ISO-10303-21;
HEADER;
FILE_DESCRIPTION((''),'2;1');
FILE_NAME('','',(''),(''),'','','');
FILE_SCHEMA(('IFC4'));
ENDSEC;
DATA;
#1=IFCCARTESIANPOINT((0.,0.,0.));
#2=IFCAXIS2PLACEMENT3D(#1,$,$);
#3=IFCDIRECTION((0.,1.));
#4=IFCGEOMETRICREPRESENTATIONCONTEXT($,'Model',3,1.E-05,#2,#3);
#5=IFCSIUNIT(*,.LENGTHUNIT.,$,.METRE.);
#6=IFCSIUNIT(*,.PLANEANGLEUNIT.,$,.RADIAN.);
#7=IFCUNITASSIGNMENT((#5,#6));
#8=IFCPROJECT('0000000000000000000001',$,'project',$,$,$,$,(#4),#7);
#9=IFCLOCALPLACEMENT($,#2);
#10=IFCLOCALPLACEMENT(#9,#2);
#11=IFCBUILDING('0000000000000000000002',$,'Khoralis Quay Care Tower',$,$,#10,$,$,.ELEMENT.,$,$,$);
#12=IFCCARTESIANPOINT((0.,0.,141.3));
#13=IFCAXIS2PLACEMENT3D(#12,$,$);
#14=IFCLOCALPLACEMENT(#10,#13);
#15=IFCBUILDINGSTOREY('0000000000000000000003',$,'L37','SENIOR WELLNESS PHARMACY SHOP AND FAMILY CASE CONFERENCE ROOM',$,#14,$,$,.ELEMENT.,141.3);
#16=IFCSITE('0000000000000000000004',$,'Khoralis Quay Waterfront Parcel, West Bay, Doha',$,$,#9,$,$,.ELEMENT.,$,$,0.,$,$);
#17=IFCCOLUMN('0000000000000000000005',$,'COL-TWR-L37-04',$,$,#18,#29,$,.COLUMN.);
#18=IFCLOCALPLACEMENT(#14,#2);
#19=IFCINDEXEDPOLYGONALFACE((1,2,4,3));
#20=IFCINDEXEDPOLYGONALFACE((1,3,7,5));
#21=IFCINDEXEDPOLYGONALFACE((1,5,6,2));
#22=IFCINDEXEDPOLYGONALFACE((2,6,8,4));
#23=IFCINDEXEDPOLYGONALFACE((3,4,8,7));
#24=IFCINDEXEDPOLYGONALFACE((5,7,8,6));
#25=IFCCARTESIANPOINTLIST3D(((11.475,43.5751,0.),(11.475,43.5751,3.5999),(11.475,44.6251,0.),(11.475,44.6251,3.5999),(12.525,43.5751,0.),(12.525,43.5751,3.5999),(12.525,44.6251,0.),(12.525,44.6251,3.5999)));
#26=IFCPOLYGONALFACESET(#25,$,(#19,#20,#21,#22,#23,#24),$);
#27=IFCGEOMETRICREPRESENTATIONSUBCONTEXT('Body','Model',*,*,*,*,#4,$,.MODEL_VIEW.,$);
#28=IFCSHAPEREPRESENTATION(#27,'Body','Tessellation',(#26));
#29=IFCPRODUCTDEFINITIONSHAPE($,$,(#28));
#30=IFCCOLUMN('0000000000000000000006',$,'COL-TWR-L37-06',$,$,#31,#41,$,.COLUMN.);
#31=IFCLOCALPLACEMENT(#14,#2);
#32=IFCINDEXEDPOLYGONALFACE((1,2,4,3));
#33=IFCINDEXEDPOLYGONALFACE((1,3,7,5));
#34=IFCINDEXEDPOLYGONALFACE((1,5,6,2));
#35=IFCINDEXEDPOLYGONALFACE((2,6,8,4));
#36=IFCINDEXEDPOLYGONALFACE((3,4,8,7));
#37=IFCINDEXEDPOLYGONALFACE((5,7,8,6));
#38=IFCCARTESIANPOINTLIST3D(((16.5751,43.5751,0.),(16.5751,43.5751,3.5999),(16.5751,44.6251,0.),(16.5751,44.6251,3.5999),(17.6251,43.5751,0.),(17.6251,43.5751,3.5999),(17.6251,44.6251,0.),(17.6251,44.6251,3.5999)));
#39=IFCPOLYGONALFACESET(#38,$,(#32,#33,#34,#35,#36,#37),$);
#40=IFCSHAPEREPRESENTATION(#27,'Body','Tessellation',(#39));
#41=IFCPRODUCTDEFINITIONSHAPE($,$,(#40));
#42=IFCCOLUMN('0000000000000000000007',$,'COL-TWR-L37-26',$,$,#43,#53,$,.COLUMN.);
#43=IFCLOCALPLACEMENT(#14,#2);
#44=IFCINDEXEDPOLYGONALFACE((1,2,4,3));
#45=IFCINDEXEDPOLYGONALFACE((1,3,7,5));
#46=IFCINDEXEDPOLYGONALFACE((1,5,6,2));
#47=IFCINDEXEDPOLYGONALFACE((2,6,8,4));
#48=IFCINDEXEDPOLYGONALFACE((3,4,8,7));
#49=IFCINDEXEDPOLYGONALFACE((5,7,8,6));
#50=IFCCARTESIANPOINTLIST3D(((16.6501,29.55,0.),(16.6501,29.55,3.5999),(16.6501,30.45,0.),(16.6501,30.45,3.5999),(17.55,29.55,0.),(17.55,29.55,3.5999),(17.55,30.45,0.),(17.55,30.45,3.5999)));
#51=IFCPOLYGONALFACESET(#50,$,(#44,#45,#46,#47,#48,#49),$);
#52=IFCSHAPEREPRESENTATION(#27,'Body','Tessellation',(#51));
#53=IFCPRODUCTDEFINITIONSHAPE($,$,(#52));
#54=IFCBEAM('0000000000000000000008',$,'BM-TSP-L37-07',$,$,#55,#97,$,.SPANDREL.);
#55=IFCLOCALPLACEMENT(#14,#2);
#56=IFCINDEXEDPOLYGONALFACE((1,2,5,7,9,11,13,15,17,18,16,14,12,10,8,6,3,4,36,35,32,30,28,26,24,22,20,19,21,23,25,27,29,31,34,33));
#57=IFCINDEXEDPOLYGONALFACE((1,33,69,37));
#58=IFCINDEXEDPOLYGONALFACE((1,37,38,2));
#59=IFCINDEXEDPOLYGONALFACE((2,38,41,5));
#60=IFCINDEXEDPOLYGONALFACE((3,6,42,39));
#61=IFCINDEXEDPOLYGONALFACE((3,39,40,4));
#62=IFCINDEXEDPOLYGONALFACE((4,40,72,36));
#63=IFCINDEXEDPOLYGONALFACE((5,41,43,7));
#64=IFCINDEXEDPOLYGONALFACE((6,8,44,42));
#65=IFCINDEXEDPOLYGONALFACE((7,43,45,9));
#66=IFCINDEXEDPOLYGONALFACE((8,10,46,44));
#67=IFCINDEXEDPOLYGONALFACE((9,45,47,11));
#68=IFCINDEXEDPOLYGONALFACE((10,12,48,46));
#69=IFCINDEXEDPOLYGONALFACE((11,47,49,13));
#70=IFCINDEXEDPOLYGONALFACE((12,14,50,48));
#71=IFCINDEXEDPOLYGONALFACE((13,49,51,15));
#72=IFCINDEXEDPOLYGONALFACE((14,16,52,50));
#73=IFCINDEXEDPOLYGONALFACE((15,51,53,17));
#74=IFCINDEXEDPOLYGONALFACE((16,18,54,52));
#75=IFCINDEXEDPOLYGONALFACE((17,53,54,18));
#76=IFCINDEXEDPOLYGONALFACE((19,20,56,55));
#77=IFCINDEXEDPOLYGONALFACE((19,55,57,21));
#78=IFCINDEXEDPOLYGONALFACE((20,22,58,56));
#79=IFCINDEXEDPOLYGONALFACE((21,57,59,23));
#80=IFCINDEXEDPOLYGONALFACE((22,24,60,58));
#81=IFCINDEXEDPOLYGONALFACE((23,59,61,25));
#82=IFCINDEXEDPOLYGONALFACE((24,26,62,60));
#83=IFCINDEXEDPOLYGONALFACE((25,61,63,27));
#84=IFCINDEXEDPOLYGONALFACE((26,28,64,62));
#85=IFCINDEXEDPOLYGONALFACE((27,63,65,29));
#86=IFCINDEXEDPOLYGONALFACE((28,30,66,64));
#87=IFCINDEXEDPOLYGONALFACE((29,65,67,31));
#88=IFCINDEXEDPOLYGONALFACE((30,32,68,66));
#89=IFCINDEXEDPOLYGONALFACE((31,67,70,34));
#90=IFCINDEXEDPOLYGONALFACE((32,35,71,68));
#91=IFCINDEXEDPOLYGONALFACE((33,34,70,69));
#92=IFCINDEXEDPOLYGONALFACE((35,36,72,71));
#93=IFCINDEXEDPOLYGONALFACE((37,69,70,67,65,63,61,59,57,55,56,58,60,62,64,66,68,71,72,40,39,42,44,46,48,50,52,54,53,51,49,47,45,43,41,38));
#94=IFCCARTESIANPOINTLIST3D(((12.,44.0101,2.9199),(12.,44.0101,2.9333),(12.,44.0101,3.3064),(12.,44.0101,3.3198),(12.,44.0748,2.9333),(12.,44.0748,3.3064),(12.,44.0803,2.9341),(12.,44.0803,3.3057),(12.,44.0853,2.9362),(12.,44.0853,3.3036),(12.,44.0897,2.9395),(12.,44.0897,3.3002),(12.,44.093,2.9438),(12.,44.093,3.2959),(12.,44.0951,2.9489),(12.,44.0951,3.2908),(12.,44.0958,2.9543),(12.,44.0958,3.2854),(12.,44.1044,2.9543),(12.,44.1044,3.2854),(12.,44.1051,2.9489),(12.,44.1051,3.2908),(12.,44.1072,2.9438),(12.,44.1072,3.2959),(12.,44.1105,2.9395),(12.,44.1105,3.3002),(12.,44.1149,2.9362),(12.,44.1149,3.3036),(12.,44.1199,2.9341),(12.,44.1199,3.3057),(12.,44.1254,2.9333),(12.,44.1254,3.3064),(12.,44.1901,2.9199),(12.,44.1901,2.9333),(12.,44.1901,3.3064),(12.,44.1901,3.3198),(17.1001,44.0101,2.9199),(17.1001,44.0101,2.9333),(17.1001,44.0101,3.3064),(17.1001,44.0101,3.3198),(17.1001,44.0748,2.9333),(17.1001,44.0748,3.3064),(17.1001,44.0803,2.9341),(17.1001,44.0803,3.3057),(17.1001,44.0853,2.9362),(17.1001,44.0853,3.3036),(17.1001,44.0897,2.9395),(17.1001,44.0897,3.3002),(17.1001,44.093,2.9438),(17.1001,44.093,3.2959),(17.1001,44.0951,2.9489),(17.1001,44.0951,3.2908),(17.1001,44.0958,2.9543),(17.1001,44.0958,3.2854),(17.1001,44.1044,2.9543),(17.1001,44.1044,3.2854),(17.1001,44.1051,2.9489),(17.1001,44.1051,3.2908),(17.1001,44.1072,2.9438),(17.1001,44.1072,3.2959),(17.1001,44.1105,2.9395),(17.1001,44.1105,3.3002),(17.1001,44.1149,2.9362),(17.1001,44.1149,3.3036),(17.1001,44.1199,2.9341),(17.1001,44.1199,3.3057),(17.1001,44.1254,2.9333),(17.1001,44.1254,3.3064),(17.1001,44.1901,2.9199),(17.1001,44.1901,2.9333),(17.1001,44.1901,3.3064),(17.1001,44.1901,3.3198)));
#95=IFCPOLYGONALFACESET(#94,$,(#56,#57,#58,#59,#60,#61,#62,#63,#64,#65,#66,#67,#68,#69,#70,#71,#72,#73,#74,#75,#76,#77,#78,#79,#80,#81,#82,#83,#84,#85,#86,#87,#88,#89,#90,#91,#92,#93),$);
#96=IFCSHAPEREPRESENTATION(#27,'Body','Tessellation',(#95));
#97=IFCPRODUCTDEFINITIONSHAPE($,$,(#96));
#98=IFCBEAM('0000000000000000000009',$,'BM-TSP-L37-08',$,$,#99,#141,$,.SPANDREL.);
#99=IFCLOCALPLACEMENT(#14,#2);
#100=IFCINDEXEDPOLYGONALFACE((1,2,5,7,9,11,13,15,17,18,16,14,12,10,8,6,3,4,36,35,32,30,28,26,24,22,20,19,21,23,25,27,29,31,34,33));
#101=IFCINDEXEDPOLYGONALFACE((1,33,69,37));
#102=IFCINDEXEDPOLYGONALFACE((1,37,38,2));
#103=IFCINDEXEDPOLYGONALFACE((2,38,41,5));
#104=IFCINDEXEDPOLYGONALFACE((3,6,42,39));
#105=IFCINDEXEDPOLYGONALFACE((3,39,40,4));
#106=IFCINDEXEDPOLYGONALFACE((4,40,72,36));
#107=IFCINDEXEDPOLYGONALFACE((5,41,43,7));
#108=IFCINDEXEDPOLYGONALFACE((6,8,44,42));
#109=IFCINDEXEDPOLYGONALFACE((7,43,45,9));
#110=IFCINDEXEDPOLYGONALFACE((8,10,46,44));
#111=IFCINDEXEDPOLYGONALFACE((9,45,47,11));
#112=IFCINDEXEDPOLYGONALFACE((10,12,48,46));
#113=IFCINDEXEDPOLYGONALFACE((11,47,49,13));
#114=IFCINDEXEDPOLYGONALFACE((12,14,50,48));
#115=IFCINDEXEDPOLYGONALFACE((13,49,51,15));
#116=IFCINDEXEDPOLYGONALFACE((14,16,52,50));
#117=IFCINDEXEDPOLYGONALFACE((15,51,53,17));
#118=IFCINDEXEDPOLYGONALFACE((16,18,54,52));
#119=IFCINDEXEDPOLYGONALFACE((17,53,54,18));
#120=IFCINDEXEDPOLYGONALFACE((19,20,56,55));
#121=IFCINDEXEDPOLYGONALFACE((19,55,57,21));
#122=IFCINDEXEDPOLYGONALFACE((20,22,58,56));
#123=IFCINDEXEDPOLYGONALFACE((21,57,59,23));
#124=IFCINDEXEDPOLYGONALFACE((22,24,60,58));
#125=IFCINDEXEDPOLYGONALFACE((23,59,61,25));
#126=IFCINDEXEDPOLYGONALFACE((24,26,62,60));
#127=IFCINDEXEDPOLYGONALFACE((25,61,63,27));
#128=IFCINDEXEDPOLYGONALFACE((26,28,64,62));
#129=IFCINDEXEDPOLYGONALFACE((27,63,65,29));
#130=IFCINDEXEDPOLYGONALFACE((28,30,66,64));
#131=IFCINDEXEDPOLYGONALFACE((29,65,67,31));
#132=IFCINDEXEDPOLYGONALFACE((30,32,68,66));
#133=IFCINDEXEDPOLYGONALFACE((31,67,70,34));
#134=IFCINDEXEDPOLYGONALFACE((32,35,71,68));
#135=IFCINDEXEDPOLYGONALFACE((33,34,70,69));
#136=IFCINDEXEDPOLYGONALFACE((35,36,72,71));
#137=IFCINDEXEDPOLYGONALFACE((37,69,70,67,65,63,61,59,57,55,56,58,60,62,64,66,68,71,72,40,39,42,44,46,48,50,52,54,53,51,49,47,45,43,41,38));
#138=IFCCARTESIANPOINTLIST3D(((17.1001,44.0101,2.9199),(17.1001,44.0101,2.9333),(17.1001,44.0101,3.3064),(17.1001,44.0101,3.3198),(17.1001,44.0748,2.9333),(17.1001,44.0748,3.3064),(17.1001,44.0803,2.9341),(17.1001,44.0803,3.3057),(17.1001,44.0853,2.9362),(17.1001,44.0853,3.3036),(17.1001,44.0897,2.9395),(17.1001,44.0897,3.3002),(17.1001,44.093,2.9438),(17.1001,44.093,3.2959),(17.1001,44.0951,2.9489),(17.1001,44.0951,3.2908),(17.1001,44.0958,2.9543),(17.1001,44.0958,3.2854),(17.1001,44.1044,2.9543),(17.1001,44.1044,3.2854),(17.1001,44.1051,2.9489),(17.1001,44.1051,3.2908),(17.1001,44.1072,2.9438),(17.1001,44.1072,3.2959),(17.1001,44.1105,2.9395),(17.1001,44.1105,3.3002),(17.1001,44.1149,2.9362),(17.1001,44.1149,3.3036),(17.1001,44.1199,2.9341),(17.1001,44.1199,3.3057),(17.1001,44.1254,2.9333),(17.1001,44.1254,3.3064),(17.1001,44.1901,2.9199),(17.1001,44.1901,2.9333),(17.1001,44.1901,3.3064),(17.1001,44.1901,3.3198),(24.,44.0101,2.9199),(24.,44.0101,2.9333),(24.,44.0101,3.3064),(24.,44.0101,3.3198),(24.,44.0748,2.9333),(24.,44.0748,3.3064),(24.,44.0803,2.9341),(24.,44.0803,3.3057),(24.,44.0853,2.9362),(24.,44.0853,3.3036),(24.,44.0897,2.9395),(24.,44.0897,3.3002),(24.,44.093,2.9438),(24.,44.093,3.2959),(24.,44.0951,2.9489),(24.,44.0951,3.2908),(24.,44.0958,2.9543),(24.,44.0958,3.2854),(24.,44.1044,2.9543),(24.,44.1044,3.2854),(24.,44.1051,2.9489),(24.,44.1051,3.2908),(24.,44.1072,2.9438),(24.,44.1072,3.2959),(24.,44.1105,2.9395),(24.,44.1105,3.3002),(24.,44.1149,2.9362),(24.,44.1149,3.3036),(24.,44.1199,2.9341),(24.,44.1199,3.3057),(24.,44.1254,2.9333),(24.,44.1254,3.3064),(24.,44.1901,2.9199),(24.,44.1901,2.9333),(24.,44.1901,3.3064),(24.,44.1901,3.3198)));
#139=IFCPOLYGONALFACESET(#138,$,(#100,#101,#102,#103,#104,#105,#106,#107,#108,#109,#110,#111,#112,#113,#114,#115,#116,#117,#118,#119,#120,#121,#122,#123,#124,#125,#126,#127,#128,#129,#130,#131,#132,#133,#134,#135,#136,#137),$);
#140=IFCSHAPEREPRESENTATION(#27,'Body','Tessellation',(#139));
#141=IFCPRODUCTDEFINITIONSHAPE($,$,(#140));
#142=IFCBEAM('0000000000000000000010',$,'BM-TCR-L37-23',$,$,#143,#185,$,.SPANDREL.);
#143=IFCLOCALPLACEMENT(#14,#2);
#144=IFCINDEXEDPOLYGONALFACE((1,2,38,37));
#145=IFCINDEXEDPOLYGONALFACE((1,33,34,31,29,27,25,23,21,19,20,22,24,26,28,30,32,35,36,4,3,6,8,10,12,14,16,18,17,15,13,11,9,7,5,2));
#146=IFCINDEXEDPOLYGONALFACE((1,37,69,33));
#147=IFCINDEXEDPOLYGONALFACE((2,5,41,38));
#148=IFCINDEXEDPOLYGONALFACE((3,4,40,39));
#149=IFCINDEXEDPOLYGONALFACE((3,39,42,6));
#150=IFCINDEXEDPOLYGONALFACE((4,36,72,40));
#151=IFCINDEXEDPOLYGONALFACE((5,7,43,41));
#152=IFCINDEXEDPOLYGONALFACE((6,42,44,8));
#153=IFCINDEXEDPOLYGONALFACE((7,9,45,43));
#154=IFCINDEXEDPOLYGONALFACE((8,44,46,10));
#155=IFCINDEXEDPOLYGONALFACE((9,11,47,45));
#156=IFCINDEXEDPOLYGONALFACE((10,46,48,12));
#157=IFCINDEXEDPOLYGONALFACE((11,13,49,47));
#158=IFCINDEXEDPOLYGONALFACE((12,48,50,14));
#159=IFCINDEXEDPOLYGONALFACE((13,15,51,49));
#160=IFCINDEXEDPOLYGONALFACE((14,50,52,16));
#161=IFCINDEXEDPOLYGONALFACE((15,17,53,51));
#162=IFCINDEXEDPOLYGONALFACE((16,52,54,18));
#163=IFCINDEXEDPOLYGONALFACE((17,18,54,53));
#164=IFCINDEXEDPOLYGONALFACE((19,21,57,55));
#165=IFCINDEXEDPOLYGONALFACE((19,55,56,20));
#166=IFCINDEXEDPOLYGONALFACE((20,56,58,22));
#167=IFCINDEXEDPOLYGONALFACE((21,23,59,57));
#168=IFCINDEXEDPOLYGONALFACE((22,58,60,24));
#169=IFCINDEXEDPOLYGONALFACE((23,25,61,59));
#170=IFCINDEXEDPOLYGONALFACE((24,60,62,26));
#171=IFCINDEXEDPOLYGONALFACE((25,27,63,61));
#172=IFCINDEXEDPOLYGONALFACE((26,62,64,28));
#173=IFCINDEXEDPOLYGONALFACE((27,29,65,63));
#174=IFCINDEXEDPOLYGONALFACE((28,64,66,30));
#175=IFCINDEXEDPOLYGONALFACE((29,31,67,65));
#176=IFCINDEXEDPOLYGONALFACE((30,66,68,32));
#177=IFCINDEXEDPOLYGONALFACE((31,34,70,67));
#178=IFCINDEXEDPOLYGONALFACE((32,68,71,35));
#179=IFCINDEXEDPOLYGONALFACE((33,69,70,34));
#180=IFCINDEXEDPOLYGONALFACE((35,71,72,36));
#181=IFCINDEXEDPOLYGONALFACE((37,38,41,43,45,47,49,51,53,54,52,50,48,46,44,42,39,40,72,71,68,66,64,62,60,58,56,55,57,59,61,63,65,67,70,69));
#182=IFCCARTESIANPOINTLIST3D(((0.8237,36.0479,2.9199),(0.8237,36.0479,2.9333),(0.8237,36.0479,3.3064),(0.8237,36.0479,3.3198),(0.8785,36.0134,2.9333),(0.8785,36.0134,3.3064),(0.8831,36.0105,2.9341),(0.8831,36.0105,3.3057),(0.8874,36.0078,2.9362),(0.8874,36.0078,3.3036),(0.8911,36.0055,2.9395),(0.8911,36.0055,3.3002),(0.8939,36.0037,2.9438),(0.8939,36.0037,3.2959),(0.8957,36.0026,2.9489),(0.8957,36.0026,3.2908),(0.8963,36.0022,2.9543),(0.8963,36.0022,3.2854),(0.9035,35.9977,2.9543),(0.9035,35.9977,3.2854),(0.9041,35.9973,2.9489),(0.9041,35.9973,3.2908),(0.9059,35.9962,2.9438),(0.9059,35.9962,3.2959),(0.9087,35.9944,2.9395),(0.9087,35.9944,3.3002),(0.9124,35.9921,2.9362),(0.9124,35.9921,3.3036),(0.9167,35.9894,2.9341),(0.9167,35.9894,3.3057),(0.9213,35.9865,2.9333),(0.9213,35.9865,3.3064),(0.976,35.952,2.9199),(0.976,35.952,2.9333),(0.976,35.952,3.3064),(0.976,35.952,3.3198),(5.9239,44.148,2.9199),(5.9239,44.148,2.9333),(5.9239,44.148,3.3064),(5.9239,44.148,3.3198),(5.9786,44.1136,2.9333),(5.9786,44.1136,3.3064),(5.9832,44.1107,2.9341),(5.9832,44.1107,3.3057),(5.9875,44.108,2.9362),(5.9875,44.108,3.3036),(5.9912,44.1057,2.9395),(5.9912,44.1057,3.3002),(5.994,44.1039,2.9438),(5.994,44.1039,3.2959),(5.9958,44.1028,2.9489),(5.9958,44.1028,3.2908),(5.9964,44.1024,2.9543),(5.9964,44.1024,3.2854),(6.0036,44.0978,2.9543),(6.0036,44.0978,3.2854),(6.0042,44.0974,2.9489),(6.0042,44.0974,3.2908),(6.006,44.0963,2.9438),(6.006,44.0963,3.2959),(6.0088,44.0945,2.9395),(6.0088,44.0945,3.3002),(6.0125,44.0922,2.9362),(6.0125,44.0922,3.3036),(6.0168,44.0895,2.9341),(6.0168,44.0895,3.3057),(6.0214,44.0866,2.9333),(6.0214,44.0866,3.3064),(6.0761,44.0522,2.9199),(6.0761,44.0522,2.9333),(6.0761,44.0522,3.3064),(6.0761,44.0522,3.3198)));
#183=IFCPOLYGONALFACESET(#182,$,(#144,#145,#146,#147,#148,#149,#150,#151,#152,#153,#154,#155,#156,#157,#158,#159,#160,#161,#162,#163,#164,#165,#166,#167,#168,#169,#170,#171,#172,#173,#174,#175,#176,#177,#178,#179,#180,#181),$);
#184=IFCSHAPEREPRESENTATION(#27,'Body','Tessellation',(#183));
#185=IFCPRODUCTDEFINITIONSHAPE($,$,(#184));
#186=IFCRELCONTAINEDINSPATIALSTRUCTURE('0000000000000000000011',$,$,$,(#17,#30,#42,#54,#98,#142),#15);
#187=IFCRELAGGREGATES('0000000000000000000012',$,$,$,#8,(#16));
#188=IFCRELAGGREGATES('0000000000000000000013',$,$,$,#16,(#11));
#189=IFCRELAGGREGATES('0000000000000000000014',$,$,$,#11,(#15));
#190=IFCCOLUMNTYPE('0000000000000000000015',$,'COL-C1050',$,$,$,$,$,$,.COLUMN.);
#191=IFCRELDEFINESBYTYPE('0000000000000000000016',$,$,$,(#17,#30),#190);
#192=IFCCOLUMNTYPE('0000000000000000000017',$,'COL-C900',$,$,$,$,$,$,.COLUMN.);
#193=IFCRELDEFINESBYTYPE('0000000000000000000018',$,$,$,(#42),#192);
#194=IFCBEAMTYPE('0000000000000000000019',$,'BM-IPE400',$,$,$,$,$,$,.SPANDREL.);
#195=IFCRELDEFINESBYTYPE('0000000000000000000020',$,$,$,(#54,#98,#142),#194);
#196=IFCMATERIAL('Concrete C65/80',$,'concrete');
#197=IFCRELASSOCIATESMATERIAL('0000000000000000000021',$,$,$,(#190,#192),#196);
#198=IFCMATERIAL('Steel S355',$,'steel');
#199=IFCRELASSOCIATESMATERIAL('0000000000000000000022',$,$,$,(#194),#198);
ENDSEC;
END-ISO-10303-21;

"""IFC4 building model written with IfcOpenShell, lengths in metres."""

from ifc_helpers import new_model, si_unit, direction, frame, origin, origin_2d, place, context, subcontext, project, spatial, rectangle, i_section, extrude, source, transform, mapped, material, material_profile, profile_set, type_object, element, save


model = new_model("IFC4")

# Units and contexts
model_context = context("Model", 3, precision=1e-05, world=origin(), true_north=direction((0.0, 1.0)))
body_context = subcontext(model_context, "Body", "Model", "MODEL_VIEW")
ifc_project = project(units=[si_unit("LENGTHUNIT", "METRE"), si_unit("PLANEANGLEUNIT", "RADIAN")], contexts=[model_context])

# Site, building, storey
site_placement = place(None, origin())
site = spatial("IfcSite", under=ifc_project, at=site_placement, Name="Khoralis Quay Waterfront Parcel, West Bay, Doha", CompositionType="ELEMENT", RefElevation=0.0)
building_placement = place(site_placement, origin())
building = spatial("IfcBuilding", under=site, at=building_placement, Name="Khoralis Quay Care Tower", CompositionType="ELEMENT")
storey_placement = place(building_placement, frame((0.0, 0.0, 141.3)))
storey = spatial("IfcBuildingStorey", under=building, at=storey_placement, Name="L37", Description="SENIOR WELLNESS PHARMACY SHOP AND FAMILY CASE CONFERENCE ROOM", CompositionType="ELEMENT", Elevation=141.3)

# Columns
ifc_material_1 = material(Name="Concrete C65/80", Category="concrete")
ifc_material_profile_1 = material_profile(ifc_material_1, rectangle(XDim=1.05, YDim=1.05, at=origin_2d()), Name="Concrete C65/80")
ifc_profile_set_1 = profile_set([ifc_material_profile_1], Name="Concrete C65/80")
column_type_1 = type_object("IfcColumnType", Name="COL-C1050", PredefinedType="COLUMN", material=ifc_profile_set_1)
shared_shape_1 = source(origin(), body_context, "Body", "SweptSolid", [
    extrude(rectangle(XDim=1.05, YDim=1.05, at=origin_2d()), origin(), (0.0, 0.0, 1.0), 3.5999),
])
for number, where, z_axis, x_axis, name in (
    (1, (12.0, 44.1001, 0.0), (0.0, 0.0, 1.0), (1.0, 0.0, 0.0), "COL-TWR-L37-04"),
    (2, (17.1001, 44.1001, 0.0), (0.0, 0.0, 1.0), (1.0, 0.0, 0.0), "COL-TWR-L37-06"),
):
    element("IfcColumn", number, at=place(storey_placement, frame(where, z_axis=z_axis, x_axis=x_axis)), inside=storey, type_object=column_type_1, Name=name, PredefinedType="COLUMN", context=body_context, shape_type="MappedRepresentation", body=[
        mapped(shared_shape_1, transform((0.0, 0.0, 0.0), scale=1.0)),
    ])
ifc_material_profile_2 = material_profile(ifc_material_1, rectangle(XDim=0.8999, YDim=0.8999, at=origin_2d()), Name="Concrete C65/80")
ifc_profile_set_2 = profile_set([ifc_material_profile_2], Name="Concrete C65/80")
column_type_2 = type_object("IfcColumnType", Name="COL-C900", PredefinedType="COLUMN", material=ifc_profile_set_2)
shared_shape_2 = source(origin(), body_context, "Body", "SweptSolid", [
    extrude(rectangle(XDim=0.8999, YDim=0.8999, at=origin_2d()), origin(), (0.0, 0.0, 1.0), 3.5999),
])
column_placement = place(storey_placement, frame((17.1001, 30.0, 0.0), z_axis=(0.0, 0.0, 1.0), x_axis=(1.0, 0.0, 0.0)))
element("IfcColumn", 3, at=column_placement, inside=storey, type_object=column_type_2, Name="COL-TWR-L37-26", PredefinedType="COLUMN", context=body_context, shape_type="MappedRepresentation", body=[
    mapped(shared_shape_2, transform((0.0, 0.0, 0.0), scale=1.0)),
])

# Beams
ifc_material_2 = material(Name="Steel S355", Category="steel")
ifc_material_profile_3 = material_profile(ifc_material_2, i_section(OverallWidth=0.1799, OverallDepth=0.3999, WebThickness=0.0085, FlangeThickness=0.0134, FilletRadius=0.021, at=origin_2d()), Name="Steel S355")
ifc_profile_set_3 = profile_set([ifc_material_profile_3], Name="Steel S355")
beam_type_1 = type_object("IfcBeamType", Name="BM-IPE400", PredefinedType="SPANDREL", material=ifc_profile_set_3)
shared_shape_3 = source(origin(), body_context, "Body", "SweptSolid", [
    extrude(i_section(OverallWidth=0.1799, OverallDepth=0.3999, WebThickness=0.0085, FlangeThickness=0.0134, FilletRadius=0.021, at=origin_2d()), origin(), (0.0, 0.0, 1.0), 5.1001),
])
beam_1_placement = place(storey_placement, frame((12.0, 44.1001, 3.1199), z_axis=(1.0, 0.0, 0.0), x_axis=(0.0, 1.0, 0.0)))
element("IfcBeam", 4, at=beam_1_placement, inside=storey, type_object=beam_type_1, Name="BM-TSP-L37-07", PredefinedType="SPANDREL", context=body_context, shape_type="MappedRepresentation", body=[
    mapped(shared_shape_3, transform((0.0, 0.0, 0.0), scale=1.0)),
])
shared_shape_4 = source(origin(), body_context, "Body", "SweptSolid", [
    extrude(i_section(OverallWidth=0.1799, OverallDepth=0.3999, WebThickness=0.0085, FlangeThickness=0.0134, FilletRadius=0.021, at=origin_2d()), origin(), (0.0, 0.0, 1.0), 6.8999),
])
beam_2_placement = place(storey_placement, frame((17.1001, 44.1001, 3.1199), z_axis=(1.0, 0.0, 0.0), x_axis=(0.0, 1.0, 0.0)))
element("IfcBeam", 5, at=beam_2_placement, inside=storey, type_object=beam_type_1, Name="BM-TSP-L37-08", PredefinedType="SPANDREL", context=body_context, shape_type="MappedRepresentation", body=[
    mapped(shared_shape_4, transform((0.0, 0.0, 0.0), scale=1.0)),
])
shared_shape_5 = source(origin(), body_context, "Body", "SweptSolid", [
    extrude(i_section(OverallWidth=0.1799, OverallDepth=0.3999, WebThickness=0.0085, FlangeThickness=0.0134, FilletRadius=0.021, at=origin_2d()), origin(), (0.0, 0.0, 1.0), 9.572),
])
beam_3_placement = place(storey_placement, frame((6.0, 44.1001, 3.1199), z_axis=(-0.532816, -0.846231, 0.0), x_axis=(0.846231, -0.532816, 0.0)))
element("IfcBeam", 6, at=beam_3_placement, inside=storey, type_object=beam_type_1, Name="BM-TCR-L37-23", PredefinedType="SPANDREL", context=body_context, shape_type="MappedRepresentation", body=[
    mapped(shared_shape_5, transform((0.0, 0.0, 0.0), scale=1.0)),
])

save(model, "model.ifc")
